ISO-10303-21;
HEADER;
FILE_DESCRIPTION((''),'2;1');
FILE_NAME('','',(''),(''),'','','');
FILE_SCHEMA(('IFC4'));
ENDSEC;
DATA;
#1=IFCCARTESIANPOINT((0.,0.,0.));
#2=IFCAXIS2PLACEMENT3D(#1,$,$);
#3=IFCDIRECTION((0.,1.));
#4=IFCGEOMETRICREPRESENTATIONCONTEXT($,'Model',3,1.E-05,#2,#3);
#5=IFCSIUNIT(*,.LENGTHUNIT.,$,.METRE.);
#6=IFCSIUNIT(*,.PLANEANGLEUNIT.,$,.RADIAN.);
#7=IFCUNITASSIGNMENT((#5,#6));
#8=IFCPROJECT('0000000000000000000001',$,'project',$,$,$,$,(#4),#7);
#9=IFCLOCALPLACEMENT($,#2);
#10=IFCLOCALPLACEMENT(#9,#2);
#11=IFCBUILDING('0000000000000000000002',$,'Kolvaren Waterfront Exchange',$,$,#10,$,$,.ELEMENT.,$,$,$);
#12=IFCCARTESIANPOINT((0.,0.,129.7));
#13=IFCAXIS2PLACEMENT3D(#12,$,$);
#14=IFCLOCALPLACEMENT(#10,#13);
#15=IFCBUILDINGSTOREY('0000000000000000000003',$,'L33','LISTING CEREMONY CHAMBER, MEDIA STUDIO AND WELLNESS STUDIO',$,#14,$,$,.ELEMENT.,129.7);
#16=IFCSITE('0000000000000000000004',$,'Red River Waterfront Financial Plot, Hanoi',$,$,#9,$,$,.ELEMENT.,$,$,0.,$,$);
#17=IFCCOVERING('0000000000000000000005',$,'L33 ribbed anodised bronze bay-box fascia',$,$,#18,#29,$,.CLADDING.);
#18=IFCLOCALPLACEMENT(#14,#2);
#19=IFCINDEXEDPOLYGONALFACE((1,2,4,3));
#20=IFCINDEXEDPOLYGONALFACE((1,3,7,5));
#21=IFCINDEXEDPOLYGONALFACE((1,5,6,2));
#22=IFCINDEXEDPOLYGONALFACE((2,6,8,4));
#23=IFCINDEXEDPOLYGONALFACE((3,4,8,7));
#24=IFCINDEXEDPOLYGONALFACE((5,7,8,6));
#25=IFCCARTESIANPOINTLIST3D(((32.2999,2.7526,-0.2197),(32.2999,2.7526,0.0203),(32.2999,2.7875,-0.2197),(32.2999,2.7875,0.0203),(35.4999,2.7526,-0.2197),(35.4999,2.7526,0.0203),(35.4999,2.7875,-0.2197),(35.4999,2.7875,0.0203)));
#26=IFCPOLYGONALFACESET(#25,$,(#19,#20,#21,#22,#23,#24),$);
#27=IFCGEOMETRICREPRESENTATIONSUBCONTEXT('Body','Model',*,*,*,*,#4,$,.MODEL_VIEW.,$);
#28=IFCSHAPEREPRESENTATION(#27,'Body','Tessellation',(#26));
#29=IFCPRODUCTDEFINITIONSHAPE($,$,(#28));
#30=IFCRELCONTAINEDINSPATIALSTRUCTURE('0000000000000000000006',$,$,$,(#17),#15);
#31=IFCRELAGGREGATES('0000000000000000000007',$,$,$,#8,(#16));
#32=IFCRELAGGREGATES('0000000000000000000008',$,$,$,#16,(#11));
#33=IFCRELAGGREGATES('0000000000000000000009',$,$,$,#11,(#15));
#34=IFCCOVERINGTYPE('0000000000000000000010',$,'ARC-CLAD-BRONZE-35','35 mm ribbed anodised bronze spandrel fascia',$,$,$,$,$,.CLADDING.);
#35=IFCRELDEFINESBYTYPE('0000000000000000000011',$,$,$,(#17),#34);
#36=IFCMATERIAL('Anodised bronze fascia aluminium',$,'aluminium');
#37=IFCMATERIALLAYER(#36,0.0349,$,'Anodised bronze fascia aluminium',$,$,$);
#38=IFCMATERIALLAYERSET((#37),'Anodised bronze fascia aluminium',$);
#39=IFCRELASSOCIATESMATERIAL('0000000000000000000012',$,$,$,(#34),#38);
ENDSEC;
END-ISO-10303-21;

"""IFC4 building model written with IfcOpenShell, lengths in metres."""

from ifc_helpers import new_model, si_unit, direction, frame, origin, origin_2d, place, context, subcontext, project, spatial, rectangle, extrude, material, layer, layer_set, type_object, element, save


model = new_model("IFC4")

# Units and contexts
model_context = context("Model", 3, precision=1e-05, world=origin(), true_north=direction((0.0, 1.0)))
body_context = subcontext(model_context, "Body", "Model", "MODEL_VIEW")
ifc_project = project(units=[si_unit("LENGTHUNIT", "METRE"), si_unit("PLANEANGLEUNIT", "RADIAN")], contexts=[model_context])

# Site, building, storey
site_placement = place(None, origin())
site = spatial("IfcSite", under=ifc_project, at=site_placement, Name="Red River Waterfront Financial Plot, Hanoi", CompositionType="ELEMENT", RefElevation=0.0)
building_placement = place(site_placement, origin())
building = spatial("IfcBuilding", under=site, at=building_placement, Name="Kolvaren Waterfront Exchange", CompositionType="ELEMENT")
storey_placement = place(building_placement, frame((0.0, 0.0, 129.7)))
storey = spatial("IfcBuildingStorey", under=building, at=storey_placement, Name="L33", Description="LISTING CEREMONY CHAMBER, MEDIA STUDIO AND WELLNESS STUDIO", CompositionType="ELEMENT", Elevation=129.7)

# Covering
ifc_material_1 = material(Name="Anodised bronze fascia aluminium", Category="aluminium")
ifc_layer_1 = layer(ifc_material_1, 0.0349, Name="Anodised bronze fascia aluminium")
ifc_layer_set_1 = layer_set([ifc_layer_1], Name="Anodised bronze fascia aluminium")
covering_type = type_object("IfcCoveringType", Name="ARC-CLAD-BRONZE-35", Description="35 mm ribbed anodised bronze spandrel fascia", PredefinedType="CLADDING", material=ifc_layer_set_1)
covering_placement = place(storey_placement, frame((33.8999, 2.77, -0.2197), z_axis=(0.0, 0.0, 1.0), x_axis=(1.0, 0.0, 0.0)))
element("IfcCovering", 1, at=covering_placement, inside=storey, type_object=covering_type, Name="L33 ribbed anodised bronze bay-box fascia", PredefinedType="CLADDING", context=body_context, shape_type="SweptSolid", body=[
    extrude(rectangle(XDim=3.2, YDim=0.0349, at=origin_2d()), origin(), (0.0, 0.0, 1.0), 0.24),
])

save(model, "model.ifc")
